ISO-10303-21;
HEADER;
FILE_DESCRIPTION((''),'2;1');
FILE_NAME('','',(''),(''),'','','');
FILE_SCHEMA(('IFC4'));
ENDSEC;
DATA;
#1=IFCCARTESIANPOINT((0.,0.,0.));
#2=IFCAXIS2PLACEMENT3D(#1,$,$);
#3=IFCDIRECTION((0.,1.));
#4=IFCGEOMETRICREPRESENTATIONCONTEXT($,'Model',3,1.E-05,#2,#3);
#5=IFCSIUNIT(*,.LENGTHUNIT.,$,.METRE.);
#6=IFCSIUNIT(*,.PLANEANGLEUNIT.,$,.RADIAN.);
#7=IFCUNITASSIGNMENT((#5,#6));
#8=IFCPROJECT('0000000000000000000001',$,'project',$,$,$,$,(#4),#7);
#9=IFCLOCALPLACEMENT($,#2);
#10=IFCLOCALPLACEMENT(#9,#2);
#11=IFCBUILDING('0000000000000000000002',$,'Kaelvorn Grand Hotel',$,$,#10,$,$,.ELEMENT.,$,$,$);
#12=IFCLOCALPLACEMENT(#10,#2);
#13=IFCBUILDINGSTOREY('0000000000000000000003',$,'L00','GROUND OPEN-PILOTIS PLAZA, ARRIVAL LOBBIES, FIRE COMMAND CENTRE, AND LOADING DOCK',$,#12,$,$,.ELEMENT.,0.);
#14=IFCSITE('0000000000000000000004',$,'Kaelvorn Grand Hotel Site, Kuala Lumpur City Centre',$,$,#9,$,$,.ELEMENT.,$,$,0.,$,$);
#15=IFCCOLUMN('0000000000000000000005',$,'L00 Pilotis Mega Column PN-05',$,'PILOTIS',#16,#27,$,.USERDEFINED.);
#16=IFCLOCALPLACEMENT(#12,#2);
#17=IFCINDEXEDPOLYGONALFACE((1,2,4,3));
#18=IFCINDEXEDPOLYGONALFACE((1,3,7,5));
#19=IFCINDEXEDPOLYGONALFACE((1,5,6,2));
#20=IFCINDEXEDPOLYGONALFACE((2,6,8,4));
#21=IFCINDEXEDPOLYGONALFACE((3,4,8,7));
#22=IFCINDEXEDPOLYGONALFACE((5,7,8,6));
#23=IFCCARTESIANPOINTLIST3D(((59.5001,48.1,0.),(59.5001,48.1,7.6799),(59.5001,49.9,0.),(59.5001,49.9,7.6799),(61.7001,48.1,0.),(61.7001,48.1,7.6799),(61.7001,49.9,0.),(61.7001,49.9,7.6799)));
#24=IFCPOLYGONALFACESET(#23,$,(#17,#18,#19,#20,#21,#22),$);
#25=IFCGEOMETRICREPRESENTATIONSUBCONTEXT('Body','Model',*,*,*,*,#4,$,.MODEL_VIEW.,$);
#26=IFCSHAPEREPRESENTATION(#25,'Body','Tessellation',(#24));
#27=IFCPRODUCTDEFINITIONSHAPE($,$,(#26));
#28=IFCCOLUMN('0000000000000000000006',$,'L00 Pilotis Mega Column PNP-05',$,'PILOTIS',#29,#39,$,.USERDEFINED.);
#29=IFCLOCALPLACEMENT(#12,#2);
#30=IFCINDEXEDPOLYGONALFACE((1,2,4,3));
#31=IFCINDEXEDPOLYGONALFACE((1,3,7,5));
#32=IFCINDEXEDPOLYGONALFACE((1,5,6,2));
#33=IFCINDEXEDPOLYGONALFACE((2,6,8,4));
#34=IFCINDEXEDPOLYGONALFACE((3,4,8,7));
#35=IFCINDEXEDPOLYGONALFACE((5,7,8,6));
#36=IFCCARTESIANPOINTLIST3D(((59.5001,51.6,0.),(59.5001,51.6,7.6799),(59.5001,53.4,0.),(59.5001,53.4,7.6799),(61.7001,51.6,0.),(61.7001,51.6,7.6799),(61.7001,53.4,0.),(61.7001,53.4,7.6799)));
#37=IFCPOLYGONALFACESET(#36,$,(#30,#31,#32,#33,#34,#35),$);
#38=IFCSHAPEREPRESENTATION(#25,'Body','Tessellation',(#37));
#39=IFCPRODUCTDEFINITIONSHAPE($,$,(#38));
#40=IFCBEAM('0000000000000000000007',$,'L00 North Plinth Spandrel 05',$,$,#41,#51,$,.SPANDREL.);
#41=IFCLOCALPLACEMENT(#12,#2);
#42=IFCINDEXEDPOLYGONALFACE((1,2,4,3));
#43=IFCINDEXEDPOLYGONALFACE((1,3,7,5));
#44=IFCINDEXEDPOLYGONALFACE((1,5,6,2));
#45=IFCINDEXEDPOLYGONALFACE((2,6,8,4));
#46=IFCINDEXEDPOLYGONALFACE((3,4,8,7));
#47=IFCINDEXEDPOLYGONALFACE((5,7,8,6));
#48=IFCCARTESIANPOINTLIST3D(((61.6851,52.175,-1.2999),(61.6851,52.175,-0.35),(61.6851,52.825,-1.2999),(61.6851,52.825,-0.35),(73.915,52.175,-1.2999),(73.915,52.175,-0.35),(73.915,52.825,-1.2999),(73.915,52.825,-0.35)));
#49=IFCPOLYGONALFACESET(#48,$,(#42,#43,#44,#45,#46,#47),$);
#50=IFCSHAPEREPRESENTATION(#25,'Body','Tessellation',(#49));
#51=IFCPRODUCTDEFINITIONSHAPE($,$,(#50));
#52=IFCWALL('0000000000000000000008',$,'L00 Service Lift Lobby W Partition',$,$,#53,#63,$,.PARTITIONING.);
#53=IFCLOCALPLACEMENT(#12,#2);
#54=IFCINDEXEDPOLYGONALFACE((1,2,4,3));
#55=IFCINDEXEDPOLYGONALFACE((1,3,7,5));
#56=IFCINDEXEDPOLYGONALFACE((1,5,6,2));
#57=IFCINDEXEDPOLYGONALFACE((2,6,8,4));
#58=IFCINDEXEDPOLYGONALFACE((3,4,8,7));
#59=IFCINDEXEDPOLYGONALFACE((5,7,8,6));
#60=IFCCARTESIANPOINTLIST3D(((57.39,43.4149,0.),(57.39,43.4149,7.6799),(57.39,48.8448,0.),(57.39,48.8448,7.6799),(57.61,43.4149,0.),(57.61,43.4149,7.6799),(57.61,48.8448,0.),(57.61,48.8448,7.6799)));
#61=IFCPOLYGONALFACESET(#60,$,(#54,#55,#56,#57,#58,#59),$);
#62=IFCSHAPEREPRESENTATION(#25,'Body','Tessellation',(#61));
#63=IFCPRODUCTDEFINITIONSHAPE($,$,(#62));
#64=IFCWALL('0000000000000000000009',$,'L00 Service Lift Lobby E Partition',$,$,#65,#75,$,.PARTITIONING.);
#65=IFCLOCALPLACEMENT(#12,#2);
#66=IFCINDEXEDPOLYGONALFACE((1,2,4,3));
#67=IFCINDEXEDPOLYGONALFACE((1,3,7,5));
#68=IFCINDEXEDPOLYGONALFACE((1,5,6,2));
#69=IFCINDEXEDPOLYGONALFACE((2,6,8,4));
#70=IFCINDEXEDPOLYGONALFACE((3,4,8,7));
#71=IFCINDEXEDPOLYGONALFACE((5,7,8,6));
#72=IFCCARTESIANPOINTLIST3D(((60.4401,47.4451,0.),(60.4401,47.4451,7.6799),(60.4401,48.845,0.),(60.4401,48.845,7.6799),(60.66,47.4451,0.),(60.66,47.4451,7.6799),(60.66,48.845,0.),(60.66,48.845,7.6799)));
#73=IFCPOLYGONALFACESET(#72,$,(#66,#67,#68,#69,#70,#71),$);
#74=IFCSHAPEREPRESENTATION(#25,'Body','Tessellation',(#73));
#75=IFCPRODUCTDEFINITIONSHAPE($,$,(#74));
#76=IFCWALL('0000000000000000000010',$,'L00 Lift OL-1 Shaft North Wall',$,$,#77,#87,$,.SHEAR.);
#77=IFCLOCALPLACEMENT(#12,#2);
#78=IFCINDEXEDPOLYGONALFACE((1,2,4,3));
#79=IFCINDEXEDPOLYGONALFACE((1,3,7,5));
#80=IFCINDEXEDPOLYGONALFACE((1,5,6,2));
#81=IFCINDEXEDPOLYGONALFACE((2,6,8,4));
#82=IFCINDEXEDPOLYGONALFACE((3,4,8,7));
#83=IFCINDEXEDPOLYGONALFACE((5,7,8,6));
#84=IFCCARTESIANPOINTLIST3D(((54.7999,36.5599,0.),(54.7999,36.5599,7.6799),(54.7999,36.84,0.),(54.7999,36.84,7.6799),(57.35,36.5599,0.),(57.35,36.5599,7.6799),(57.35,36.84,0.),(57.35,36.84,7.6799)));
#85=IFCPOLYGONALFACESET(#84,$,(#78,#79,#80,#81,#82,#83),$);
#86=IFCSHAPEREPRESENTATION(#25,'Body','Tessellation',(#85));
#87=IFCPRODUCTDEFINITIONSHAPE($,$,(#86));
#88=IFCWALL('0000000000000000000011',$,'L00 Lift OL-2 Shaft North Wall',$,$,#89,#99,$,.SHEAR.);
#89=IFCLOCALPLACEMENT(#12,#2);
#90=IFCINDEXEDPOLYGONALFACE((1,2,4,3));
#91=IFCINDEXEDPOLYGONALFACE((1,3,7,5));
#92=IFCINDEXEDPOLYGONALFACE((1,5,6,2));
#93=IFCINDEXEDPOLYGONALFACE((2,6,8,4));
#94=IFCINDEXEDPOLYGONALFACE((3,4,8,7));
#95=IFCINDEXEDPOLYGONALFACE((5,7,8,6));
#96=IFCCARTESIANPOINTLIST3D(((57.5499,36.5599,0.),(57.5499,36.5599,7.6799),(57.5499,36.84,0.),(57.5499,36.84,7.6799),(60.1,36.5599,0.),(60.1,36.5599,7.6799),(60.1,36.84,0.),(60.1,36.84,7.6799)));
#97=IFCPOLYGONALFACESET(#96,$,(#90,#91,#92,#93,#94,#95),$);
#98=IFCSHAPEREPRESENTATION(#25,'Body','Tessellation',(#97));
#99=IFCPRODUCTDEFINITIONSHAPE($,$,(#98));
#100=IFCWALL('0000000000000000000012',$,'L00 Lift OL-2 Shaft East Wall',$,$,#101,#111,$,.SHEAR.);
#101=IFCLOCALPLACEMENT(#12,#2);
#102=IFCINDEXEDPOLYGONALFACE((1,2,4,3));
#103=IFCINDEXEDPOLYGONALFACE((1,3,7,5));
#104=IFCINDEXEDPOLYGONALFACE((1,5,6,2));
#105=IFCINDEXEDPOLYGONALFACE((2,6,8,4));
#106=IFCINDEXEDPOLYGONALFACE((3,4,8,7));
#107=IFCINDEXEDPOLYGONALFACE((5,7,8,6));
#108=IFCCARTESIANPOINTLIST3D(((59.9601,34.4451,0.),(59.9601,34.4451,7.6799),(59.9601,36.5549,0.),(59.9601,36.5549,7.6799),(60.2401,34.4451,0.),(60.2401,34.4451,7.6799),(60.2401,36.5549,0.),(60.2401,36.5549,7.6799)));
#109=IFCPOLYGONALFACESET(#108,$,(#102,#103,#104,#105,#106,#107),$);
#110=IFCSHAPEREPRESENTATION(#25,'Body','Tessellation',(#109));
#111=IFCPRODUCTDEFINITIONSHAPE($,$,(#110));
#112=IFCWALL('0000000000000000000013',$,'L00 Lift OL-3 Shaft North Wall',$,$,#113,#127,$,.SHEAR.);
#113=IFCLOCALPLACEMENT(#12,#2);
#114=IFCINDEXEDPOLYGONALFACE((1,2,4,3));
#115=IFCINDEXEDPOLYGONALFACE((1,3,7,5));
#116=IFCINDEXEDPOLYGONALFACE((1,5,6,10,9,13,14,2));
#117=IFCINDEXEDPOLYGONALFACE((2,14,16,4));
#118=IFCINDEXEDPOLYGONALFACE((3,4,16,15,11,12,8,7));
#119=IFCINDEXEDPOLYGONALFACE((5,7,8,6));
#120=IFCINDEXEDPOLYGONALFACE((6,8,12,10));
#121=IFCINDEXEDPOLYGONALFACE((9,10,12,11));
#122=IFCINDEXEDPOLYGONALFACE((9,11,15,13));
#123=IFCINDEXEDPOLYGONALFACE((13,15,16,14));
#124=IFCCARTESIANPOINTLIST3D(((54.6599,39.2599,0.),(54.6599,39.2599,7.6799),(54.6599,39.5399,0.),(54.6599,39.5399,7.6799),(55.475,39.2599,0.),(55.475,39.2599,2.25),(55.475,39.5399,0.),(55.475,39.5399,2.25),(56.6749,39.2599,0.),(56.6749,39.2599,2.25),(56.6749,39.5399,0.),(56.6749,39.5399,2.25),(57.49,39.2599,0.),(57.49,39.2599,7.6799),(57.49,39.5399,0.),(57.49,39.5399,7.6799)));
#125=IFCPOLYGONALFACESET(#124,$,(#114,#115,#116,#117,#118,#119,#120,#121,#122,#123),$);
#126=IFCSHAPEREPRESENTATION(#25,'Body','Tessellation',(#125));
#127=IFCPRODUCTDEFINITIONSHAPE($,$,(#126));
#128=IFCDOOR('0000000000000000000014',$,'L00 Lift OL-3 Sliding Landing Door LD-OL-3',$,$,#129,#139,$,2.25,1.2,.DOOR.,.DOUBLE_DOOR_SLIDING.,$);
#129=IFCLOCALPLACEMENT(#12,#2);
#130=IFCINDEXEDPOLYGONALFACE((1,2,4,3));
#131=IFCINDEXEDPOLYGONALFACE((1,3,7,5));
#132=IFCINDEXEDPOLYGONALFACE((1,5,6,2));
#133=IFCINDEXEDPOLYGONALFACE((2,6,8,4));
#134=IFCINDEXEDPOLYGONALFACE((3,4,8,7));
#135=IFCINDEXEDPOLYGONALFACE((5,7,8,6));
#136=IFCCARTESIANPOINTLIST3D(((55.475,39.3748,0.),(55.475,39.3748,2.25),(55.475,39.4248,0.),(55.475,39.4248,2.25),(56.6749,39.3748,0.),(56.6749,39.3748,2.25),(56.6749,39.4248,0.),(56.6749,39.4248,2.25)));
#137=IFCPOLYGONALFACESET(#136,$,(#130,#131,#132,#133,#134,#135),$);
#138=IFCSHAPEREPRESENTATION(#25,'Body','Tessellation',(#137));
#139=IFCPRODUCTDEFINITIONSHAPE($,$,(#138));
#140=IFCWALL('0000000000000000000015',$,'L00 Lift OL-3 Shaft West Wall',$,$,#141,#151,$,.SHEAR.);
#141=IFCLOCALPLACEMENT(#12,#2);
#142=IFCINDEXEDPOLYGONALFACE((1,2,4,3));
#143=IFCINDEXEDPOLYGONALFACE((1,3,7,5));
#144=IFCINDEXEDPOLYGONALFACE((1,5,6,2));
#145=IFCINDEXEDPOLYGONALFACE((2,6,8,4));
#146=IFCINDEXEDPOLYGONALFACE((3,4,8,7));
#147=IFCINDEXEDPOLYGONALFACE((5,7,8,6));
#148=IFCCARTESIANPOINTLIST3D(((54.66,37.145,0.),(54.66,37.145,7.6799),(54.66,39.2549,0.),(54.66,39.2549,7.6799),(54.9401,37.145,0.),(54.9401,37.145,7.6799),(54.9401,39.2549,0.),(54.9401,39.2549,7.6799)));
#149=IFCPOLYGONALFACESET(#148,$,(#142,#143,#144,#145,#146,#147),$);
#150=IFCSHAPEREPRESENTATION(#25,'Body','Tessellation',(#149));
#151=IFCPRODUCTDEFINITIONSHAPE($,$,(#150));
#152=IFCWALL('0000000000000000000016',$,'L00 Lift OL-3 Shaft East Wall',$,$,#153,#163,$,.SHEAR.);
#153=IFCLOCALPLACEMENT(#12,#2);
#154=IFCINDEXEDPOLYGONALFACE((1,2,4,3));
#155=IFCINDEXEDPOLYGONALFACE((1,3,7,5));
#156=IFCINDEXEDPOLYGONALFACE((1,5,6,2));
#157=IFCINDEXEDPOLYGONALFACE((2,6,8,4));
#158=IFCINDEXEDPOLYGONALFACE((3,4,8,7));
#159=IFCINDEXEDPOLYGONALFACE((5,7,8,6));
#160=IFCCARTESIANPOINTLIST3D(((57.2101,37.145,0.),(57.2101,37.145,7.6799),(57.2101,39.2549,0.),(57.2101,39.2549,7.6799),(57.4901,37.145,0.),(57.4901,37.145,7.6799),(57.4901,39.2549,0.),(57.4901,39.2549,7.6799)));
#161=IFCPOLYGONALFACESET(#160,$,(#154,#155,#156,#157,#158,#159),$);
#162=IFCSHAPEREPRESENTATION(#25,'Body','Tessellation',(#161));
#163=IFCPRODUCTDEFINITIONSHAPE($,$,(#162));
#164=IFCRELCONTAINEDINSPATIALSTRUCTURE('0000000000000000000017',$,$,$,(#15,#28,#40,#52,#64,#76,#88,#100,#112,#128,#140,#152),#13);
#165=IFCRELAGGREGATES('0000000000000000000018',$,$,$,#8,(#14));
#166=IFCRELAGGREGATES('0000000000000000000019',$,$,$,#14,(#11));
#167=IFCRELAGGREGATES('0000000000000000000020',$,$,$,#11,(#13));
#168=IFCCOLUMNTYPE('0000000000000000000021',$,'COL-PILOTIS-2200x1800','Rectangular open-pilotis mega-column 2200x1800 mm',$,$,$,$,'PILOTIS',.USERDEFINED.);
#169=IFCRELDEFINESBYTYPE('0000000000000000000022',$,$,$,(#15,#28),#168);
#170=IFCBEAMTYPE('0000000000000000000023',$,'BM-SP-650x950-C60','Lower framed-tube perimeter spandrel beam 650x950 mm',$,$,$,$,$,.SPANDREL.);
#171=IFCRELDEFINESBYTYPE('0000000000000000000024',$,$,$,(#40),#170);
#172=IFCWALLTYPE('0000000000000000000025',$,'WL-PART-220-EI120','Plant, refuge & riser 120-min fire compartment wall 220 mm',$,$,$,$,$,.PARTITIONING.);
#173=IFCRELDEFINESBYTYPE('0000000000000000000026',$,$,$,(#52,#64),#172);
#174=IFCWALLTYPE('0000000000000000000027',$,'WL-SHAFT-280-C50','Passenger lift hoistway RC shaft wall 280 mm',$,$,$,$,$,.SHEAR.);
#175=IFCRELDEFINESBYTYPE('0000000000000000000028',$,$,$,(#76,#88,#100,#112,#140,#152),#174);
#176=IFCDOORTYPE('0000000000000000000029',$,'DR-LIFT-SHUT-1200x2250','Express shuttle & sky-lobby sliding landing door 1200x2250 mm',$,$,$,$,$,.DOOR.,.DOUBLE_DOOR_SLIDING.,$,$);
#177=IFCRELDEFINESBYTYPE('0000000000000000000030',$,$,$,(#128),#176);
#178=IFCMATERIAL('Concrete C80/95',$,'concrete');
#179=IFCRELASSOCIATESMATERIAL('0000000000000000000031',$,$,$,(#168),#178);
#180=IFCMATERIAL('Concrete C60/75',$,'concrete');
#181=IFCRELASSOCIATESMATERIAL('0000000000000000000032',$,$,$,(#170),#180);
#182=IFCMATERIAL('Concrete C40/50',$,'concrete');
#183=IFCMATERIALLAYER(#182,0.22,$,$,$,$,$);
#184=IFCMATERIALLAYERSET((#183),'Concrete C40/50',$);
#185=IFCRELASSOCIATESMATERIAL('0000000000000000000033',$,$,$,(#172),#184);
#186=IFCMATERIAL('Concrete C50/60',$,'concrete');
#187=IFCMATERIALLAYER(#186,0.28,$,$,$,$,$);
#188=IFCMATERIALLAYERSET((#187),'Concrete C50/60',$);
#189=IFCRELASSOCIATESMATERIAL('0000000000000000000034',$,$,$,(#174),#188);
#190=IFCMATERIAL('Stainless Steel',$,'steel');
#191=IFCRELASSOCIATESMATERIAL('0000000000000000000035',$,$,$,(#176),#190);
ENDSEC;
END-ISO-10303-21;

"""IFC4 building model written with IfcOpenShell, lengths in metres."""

from ifc_helpers import new_model, si_unit, direction, frame, frame_2d, origin, origin_2d, place, context, subcontext, project, spatial, rectangle, extrude, material, layer, layer_set, material_profile, profile_set, type_object, element, fill, save


model = new_model("IFC4")

# Units and contexts
model_context = context("Model", 3, precision=1e-05, world=origin(), true_north=direction((0.0, 1.0)))
body_context = subcontext(model_context, "Body", "Model", "MODEL_VIEW")
ifc_project = project(units=[si_unit("LENGTHUNIT", "METRE"), si_unit("PLANEANGLEUNIT", "RADIAN")], contexts=[model_context])

# Site, building, storey
site_placement = place(None, origin())
site = spatial("IfcSite", under=ifc_project, at=site_placement, Name="Kaelvorn Grand Hotel Site, Kuala Lumpur City Centre", CompositionType="ELEMENT", RefElevation=0.0)
building_placement = place(site_placement, origin())
building = spatial("IfcBuilding", under=site, at=building_placement, Name="Kaelvorn Grand Hotel", CompositionType="ELEMENT")
storey_placement = place(building_placement, origin())
storey = spatial("IfcBuildingStorey", under=building, at=storey_placement, Name="L00", Description="GROUND OPEN-PILOTIS PLAZA, ARRIVAL LOBBIES, FIRE COMMAND CENTRE, AND LOADING DOCK", CompositionType="ELEMENT", Elevation=0.0)

# Columns
ifc_material_1 = material(Name="Concrete C80/95", Category="concrete")
ifc_material_profile_1 = material_profile(ifc_material_1, rectangle(XDim=2.2, YDim=1.8, at=origin_2d()), Name="PILOTIS 2200x1800")
ifc_profile_set_1 = profile_set([ifc_material_profile_1], Name="Concrete C80/95")
column_type = type_object("IfcColumnType", Name="COL-PILOTIS-2200x1800", Description="Rectangular open-pilotis mega-column 2200x1800 mm", ElementType="PILOTIS", PredefinedType="USERDEFINED", material=ifc_profile_set_1)
for number, where, z_axis, x_axis, name in (
    (1, (60.6001, 49.0, 0.0), (0.0, 0.0, 1.0), (1.0, 0.0, 0.0), "L00 Pilotis Mega Column PN-05"),
    (2, (60.6001, 52.5, 0.0), (0.0, 0.0, 1.0), (1.0, 0.0, 0.0), "L00 Pilotis Mega Column PNP-05"),
):
    element("IfcColumn", number, at=place(storey_placement, frame(where, z_axis=z_axis, x_axis=x_axis)), inside=storey, type_object=column_type, Name=name, ObjectType="PILOTIS", PredefinedType="USERDEFINED", context=body_context, shape_type="SweptSolid", body=[
        extrude(rectangle(XDim=2.2, YDim=1.8, at=origin_2d()), origin(), (0.0, 0.0, 1.0), 7.6799),
    ])

# Beam
ifc_material_2 = material(Name="Concrete C60/75", Category="concrete")
ifc_material_profile_2 = material_profile(ifc_material_2, rectangle(XDim=0.6499, YDim=0.95, at=origin_2d()), Name="RC SPANDREL 650x950")
ifc_profile_set_2 = profile_set([ifc_material_profile_2], Name="Concrete C60/75")
beam_type = type_object("IfcBeamType", Name="BM-SP-650x950-C60", Description="Lower framed-tube perimeter spandrel beam 650x950 mm", PredefinedType="SPANDREL", material=ifc_profile_set_2)
beam_placement = place(storey_placement, frame((61.6851, 52.5, -0.825), z_axis=(1.0, 0.0, 0.0), x_axis=(0.0, 1.0, 0.0)))
element("IfcBeam", 3, at=beam_placement, inside=storey, type_object=beam_type, Name="L00 North Plinth Spandrel 05", PredefinedType="SPANDREL", context=body_context, shape_type="SweptSolid", body=[
    extrude(rectangle(XDim=0.6499, YDim=0.95, at=origin_2d()), origin(), (0.0, 0.0, 1.0), 12.23),
])

# Shared definitions
ifc_material_3 = material(Name="Concrete C40/50", Category="concrete")
ifc_layer_1 = layer(ifc_material_3, 0.22)
ifc_layer_set_1 = layer_set([ifc_layer_1], Name="Concrete C40/50")
wall_type_1 = type_object("IfcWallType", Name="WL-PART-220-EI120", Description="Plant, refuge & riser 120-min fire compartment wall 220 mm", PredefinedType="PARTITIONING", material=ifc_layer_set_1)

# Walls
wall_1_placement = place(storey_placement, frame((57.5, 43.415, 0.0), z_axis=(0.0, 0.0, 1.0), x_axis=(0.0, 1.0, 0.0)))
element("IfcWall", 4, at=wall_1_placement, inside=storey, type_object=wall_type_1, Name="L00 Service Lift Lobby W Partition", PredefinedType="PARTITIONING", context=body_context, shape_type="SweptSolid", body=[
    extrude(rectangle(XDim=5.4299, YDim=0.22, at=frame_2d((2.7148, 0.0))), origin(), (0.0, 0.0, 1.0), 7.6799),
])
wall_2_placement = place(storey_placement, frame((60.55, 47.4451, 0.0), z_axis=(0.0, 0.0, 1.0), x_axis=(0.0, 1.0, 0.0)))
element("IfcWall", 5, at=wall_2_placement, inside=storey, type_object=wall_type_1, Name="L00 Service Lift Lobby E Partition", PredefinedType="PARTITIONING", context=body_context, shape_type="SweptSolid", body=[
    extrude(rectangle(XDim=1.3999, YDim=0.22, at=frame_2d((0.7, 0.0))), origin(), (0.0, 0.0, 1.0), 7.6799),
])
ifc_material_4 = material(Name="Concrete C50/60", Category="concrete")
ifc_layer_2 = layer(ifc_material_4, 0.28)
ifc_layer_set_2 = layer_set([ifc_layer_2], Name="Concrete C50/60")
wall_type_2 = type_object("IfcWallType", Name="WL-SHAFT-280-C50", Description="Passenger lift hoistway RC shaft wall 280 mm", PredefinedType="SHEAR", material=ifc_layer_set_2)
for number, where, z_axis, x_axis, name in (
    (6, (54.8, 36.7, 0.0), (0.0, 0.0, 1.0), (1.0, 0.0, 0.0), "L00 Lift OL-1 Shaft North Wall"),
    (7, (57.55, 36.7, 0.0), (0.0, 0.0, 1.0), (1.0, 0.0, 0.0), "L00 Lift OL-2 Shaft North Wall"),
):
    element("IfcWall", number, at=place(storey_placement, frame(where, z_axis=z_axis, x_axis=x_axis)), inside=storey, type_object=wall_type_2, Name=name, PredefinedType="SHEAR", context=body_context, shape_type="SweptSolid", body=[
        extrude(rectangle(XDim=2.55, YDim=0.28, at=frame_2d((1.2749, 0.0))), origin(), (0.0, 0.0, 1.0), 7.6799),
    ])
wall_3_placement = place(storey_placement, frame((60.1001, 34.4451, 0.0), z_axis=(0.0, 0.0, 1.0), x_axis=(0.0, 1.0, 0.0)))
element("IfcWall", 8, at=wall_3_placement, inside=storey, type_object=wall_type_2, Name="L00 Lift OL-2 Shaft East Wall", PredefinedType="SHEAR", context=body_context, shape_type="SweptSolid", body=[
    extrude(rectangle(XDim=2.1099, YDim=0.28, at=frame_2d((1.0549, 0.0))), origin(), (0.0, 0.0, 1.0), 7.6799),
])

# Wall, opening, door
wall_4_placement = place(storey_placement, frame((54.6599, 39.3999, 0.0), z_axis=(0.0, 0.0, 1.0), x_axis=(1.0, 0.0, 0.0)))
wall_4 = element("IfcWall", 9, at=wall_4_placement, inside=storey, type_object=wall_type_2, Name="L00 Lift OL-3 Shaft North Wall", PredefinedType="SHEAR", context=body_context, shape_type="SweptSolid", body=[
    extrude(rectangle(XDim=2.8301, YDim=0.28, at=frame_2d((1.415, 0.0))), origin(), (0.0, 0.0, 1.0), 7.6799),
])
opening_1_placement = place(wall_4_placement, frame((0.8149, 0.0, 0.0)))
opening_1 = element("IfcOpeningElement", 10, at=opening_1_placement, cuts=wall_4, PredefinedType="OPENING", context=body_context, shape_type="SweptSolid", body=[
    extrude(rectangle(XDim=1.2, YDim=2.25, at=frame_2d((0.6001, 1.125))), frame((0.0, 0.1499, 0.0), z_axis=(0.0, -1.0, 0.0), x_axis=(1.0, 0.0, 0.0)), (0.0, 0.0, 1.0), 0.3),
])
ifc_material_5 = material(Name="Stainless Steel", Category="steel")
door_type_1 = type_object("IfcDoorType", Name="DR-LIFT-SHUT-1200x2250", Description="Express shuttle & sky-lobby sliding landing door 1200x2250 mm", OperationType="DOUBLE_DOOR_SLIDING", PredefinedType="DOOR", material=ifc_material_5)
door_1_placement = place(opening_1_placement, origin())
door_1 = element("IfcDoor", 11, at=door_1_placement, inside=storey, type_object=door_type_1, Name="L00 Lift OL-3 Sliding Landing Door LD-OL-3", OperationType="DOUBLE_DOOR_SLIDING", OverallHeight=2.25, OverallWidth=1.2, PredefinedType="DOOR", context=body_context, shape_type="SweptSolid", body=[
    extrude(rectangle(XDim=1.2, YDim=2.25, at=frame_2d((0.6001, 1.125))), frame((0.0, 0.0249, 0.0), z_axis=(0.0, -1.0, 0.0), x_axis=(1.0, 0.0, 0.0)), (0.0, 0.0, 1.0), 0.05),
])
fill(opening_1, door_1)

# Walls
for number, where, z_axis, x_axis, name in (
    (12, (54.8, 37.145, 0.0), (0.0, 0.0, 1.0), (0.0, 1.0, 0.0), "L00 Lift OL-3 Shaft West Wall"),
    (13, (57.3501, 37.145, 0.0), (0.0, 0.0, 1.0), (0.0, 1.0, 0.0), "L00 Lift OL-3 Shaft East Wall"),
):
    element("IfcWall", number, at=place(storey_placement, frame(where, z_axis=z_axis, x_axis=x_axis)), inside=storey, type_object=wall_type_2, Name=name, PredefinedType="SHEAR", context=body_context, shape_type="SweptSolid", body=[
        extrude(rectangle(XDim=2.1099, YDim=0.28, at=frame_2d((1.0549, 0.0))), origin(), (0.0, 0.0, 1.0), 7.6799),
    ])

save(model, "model.ifc")
